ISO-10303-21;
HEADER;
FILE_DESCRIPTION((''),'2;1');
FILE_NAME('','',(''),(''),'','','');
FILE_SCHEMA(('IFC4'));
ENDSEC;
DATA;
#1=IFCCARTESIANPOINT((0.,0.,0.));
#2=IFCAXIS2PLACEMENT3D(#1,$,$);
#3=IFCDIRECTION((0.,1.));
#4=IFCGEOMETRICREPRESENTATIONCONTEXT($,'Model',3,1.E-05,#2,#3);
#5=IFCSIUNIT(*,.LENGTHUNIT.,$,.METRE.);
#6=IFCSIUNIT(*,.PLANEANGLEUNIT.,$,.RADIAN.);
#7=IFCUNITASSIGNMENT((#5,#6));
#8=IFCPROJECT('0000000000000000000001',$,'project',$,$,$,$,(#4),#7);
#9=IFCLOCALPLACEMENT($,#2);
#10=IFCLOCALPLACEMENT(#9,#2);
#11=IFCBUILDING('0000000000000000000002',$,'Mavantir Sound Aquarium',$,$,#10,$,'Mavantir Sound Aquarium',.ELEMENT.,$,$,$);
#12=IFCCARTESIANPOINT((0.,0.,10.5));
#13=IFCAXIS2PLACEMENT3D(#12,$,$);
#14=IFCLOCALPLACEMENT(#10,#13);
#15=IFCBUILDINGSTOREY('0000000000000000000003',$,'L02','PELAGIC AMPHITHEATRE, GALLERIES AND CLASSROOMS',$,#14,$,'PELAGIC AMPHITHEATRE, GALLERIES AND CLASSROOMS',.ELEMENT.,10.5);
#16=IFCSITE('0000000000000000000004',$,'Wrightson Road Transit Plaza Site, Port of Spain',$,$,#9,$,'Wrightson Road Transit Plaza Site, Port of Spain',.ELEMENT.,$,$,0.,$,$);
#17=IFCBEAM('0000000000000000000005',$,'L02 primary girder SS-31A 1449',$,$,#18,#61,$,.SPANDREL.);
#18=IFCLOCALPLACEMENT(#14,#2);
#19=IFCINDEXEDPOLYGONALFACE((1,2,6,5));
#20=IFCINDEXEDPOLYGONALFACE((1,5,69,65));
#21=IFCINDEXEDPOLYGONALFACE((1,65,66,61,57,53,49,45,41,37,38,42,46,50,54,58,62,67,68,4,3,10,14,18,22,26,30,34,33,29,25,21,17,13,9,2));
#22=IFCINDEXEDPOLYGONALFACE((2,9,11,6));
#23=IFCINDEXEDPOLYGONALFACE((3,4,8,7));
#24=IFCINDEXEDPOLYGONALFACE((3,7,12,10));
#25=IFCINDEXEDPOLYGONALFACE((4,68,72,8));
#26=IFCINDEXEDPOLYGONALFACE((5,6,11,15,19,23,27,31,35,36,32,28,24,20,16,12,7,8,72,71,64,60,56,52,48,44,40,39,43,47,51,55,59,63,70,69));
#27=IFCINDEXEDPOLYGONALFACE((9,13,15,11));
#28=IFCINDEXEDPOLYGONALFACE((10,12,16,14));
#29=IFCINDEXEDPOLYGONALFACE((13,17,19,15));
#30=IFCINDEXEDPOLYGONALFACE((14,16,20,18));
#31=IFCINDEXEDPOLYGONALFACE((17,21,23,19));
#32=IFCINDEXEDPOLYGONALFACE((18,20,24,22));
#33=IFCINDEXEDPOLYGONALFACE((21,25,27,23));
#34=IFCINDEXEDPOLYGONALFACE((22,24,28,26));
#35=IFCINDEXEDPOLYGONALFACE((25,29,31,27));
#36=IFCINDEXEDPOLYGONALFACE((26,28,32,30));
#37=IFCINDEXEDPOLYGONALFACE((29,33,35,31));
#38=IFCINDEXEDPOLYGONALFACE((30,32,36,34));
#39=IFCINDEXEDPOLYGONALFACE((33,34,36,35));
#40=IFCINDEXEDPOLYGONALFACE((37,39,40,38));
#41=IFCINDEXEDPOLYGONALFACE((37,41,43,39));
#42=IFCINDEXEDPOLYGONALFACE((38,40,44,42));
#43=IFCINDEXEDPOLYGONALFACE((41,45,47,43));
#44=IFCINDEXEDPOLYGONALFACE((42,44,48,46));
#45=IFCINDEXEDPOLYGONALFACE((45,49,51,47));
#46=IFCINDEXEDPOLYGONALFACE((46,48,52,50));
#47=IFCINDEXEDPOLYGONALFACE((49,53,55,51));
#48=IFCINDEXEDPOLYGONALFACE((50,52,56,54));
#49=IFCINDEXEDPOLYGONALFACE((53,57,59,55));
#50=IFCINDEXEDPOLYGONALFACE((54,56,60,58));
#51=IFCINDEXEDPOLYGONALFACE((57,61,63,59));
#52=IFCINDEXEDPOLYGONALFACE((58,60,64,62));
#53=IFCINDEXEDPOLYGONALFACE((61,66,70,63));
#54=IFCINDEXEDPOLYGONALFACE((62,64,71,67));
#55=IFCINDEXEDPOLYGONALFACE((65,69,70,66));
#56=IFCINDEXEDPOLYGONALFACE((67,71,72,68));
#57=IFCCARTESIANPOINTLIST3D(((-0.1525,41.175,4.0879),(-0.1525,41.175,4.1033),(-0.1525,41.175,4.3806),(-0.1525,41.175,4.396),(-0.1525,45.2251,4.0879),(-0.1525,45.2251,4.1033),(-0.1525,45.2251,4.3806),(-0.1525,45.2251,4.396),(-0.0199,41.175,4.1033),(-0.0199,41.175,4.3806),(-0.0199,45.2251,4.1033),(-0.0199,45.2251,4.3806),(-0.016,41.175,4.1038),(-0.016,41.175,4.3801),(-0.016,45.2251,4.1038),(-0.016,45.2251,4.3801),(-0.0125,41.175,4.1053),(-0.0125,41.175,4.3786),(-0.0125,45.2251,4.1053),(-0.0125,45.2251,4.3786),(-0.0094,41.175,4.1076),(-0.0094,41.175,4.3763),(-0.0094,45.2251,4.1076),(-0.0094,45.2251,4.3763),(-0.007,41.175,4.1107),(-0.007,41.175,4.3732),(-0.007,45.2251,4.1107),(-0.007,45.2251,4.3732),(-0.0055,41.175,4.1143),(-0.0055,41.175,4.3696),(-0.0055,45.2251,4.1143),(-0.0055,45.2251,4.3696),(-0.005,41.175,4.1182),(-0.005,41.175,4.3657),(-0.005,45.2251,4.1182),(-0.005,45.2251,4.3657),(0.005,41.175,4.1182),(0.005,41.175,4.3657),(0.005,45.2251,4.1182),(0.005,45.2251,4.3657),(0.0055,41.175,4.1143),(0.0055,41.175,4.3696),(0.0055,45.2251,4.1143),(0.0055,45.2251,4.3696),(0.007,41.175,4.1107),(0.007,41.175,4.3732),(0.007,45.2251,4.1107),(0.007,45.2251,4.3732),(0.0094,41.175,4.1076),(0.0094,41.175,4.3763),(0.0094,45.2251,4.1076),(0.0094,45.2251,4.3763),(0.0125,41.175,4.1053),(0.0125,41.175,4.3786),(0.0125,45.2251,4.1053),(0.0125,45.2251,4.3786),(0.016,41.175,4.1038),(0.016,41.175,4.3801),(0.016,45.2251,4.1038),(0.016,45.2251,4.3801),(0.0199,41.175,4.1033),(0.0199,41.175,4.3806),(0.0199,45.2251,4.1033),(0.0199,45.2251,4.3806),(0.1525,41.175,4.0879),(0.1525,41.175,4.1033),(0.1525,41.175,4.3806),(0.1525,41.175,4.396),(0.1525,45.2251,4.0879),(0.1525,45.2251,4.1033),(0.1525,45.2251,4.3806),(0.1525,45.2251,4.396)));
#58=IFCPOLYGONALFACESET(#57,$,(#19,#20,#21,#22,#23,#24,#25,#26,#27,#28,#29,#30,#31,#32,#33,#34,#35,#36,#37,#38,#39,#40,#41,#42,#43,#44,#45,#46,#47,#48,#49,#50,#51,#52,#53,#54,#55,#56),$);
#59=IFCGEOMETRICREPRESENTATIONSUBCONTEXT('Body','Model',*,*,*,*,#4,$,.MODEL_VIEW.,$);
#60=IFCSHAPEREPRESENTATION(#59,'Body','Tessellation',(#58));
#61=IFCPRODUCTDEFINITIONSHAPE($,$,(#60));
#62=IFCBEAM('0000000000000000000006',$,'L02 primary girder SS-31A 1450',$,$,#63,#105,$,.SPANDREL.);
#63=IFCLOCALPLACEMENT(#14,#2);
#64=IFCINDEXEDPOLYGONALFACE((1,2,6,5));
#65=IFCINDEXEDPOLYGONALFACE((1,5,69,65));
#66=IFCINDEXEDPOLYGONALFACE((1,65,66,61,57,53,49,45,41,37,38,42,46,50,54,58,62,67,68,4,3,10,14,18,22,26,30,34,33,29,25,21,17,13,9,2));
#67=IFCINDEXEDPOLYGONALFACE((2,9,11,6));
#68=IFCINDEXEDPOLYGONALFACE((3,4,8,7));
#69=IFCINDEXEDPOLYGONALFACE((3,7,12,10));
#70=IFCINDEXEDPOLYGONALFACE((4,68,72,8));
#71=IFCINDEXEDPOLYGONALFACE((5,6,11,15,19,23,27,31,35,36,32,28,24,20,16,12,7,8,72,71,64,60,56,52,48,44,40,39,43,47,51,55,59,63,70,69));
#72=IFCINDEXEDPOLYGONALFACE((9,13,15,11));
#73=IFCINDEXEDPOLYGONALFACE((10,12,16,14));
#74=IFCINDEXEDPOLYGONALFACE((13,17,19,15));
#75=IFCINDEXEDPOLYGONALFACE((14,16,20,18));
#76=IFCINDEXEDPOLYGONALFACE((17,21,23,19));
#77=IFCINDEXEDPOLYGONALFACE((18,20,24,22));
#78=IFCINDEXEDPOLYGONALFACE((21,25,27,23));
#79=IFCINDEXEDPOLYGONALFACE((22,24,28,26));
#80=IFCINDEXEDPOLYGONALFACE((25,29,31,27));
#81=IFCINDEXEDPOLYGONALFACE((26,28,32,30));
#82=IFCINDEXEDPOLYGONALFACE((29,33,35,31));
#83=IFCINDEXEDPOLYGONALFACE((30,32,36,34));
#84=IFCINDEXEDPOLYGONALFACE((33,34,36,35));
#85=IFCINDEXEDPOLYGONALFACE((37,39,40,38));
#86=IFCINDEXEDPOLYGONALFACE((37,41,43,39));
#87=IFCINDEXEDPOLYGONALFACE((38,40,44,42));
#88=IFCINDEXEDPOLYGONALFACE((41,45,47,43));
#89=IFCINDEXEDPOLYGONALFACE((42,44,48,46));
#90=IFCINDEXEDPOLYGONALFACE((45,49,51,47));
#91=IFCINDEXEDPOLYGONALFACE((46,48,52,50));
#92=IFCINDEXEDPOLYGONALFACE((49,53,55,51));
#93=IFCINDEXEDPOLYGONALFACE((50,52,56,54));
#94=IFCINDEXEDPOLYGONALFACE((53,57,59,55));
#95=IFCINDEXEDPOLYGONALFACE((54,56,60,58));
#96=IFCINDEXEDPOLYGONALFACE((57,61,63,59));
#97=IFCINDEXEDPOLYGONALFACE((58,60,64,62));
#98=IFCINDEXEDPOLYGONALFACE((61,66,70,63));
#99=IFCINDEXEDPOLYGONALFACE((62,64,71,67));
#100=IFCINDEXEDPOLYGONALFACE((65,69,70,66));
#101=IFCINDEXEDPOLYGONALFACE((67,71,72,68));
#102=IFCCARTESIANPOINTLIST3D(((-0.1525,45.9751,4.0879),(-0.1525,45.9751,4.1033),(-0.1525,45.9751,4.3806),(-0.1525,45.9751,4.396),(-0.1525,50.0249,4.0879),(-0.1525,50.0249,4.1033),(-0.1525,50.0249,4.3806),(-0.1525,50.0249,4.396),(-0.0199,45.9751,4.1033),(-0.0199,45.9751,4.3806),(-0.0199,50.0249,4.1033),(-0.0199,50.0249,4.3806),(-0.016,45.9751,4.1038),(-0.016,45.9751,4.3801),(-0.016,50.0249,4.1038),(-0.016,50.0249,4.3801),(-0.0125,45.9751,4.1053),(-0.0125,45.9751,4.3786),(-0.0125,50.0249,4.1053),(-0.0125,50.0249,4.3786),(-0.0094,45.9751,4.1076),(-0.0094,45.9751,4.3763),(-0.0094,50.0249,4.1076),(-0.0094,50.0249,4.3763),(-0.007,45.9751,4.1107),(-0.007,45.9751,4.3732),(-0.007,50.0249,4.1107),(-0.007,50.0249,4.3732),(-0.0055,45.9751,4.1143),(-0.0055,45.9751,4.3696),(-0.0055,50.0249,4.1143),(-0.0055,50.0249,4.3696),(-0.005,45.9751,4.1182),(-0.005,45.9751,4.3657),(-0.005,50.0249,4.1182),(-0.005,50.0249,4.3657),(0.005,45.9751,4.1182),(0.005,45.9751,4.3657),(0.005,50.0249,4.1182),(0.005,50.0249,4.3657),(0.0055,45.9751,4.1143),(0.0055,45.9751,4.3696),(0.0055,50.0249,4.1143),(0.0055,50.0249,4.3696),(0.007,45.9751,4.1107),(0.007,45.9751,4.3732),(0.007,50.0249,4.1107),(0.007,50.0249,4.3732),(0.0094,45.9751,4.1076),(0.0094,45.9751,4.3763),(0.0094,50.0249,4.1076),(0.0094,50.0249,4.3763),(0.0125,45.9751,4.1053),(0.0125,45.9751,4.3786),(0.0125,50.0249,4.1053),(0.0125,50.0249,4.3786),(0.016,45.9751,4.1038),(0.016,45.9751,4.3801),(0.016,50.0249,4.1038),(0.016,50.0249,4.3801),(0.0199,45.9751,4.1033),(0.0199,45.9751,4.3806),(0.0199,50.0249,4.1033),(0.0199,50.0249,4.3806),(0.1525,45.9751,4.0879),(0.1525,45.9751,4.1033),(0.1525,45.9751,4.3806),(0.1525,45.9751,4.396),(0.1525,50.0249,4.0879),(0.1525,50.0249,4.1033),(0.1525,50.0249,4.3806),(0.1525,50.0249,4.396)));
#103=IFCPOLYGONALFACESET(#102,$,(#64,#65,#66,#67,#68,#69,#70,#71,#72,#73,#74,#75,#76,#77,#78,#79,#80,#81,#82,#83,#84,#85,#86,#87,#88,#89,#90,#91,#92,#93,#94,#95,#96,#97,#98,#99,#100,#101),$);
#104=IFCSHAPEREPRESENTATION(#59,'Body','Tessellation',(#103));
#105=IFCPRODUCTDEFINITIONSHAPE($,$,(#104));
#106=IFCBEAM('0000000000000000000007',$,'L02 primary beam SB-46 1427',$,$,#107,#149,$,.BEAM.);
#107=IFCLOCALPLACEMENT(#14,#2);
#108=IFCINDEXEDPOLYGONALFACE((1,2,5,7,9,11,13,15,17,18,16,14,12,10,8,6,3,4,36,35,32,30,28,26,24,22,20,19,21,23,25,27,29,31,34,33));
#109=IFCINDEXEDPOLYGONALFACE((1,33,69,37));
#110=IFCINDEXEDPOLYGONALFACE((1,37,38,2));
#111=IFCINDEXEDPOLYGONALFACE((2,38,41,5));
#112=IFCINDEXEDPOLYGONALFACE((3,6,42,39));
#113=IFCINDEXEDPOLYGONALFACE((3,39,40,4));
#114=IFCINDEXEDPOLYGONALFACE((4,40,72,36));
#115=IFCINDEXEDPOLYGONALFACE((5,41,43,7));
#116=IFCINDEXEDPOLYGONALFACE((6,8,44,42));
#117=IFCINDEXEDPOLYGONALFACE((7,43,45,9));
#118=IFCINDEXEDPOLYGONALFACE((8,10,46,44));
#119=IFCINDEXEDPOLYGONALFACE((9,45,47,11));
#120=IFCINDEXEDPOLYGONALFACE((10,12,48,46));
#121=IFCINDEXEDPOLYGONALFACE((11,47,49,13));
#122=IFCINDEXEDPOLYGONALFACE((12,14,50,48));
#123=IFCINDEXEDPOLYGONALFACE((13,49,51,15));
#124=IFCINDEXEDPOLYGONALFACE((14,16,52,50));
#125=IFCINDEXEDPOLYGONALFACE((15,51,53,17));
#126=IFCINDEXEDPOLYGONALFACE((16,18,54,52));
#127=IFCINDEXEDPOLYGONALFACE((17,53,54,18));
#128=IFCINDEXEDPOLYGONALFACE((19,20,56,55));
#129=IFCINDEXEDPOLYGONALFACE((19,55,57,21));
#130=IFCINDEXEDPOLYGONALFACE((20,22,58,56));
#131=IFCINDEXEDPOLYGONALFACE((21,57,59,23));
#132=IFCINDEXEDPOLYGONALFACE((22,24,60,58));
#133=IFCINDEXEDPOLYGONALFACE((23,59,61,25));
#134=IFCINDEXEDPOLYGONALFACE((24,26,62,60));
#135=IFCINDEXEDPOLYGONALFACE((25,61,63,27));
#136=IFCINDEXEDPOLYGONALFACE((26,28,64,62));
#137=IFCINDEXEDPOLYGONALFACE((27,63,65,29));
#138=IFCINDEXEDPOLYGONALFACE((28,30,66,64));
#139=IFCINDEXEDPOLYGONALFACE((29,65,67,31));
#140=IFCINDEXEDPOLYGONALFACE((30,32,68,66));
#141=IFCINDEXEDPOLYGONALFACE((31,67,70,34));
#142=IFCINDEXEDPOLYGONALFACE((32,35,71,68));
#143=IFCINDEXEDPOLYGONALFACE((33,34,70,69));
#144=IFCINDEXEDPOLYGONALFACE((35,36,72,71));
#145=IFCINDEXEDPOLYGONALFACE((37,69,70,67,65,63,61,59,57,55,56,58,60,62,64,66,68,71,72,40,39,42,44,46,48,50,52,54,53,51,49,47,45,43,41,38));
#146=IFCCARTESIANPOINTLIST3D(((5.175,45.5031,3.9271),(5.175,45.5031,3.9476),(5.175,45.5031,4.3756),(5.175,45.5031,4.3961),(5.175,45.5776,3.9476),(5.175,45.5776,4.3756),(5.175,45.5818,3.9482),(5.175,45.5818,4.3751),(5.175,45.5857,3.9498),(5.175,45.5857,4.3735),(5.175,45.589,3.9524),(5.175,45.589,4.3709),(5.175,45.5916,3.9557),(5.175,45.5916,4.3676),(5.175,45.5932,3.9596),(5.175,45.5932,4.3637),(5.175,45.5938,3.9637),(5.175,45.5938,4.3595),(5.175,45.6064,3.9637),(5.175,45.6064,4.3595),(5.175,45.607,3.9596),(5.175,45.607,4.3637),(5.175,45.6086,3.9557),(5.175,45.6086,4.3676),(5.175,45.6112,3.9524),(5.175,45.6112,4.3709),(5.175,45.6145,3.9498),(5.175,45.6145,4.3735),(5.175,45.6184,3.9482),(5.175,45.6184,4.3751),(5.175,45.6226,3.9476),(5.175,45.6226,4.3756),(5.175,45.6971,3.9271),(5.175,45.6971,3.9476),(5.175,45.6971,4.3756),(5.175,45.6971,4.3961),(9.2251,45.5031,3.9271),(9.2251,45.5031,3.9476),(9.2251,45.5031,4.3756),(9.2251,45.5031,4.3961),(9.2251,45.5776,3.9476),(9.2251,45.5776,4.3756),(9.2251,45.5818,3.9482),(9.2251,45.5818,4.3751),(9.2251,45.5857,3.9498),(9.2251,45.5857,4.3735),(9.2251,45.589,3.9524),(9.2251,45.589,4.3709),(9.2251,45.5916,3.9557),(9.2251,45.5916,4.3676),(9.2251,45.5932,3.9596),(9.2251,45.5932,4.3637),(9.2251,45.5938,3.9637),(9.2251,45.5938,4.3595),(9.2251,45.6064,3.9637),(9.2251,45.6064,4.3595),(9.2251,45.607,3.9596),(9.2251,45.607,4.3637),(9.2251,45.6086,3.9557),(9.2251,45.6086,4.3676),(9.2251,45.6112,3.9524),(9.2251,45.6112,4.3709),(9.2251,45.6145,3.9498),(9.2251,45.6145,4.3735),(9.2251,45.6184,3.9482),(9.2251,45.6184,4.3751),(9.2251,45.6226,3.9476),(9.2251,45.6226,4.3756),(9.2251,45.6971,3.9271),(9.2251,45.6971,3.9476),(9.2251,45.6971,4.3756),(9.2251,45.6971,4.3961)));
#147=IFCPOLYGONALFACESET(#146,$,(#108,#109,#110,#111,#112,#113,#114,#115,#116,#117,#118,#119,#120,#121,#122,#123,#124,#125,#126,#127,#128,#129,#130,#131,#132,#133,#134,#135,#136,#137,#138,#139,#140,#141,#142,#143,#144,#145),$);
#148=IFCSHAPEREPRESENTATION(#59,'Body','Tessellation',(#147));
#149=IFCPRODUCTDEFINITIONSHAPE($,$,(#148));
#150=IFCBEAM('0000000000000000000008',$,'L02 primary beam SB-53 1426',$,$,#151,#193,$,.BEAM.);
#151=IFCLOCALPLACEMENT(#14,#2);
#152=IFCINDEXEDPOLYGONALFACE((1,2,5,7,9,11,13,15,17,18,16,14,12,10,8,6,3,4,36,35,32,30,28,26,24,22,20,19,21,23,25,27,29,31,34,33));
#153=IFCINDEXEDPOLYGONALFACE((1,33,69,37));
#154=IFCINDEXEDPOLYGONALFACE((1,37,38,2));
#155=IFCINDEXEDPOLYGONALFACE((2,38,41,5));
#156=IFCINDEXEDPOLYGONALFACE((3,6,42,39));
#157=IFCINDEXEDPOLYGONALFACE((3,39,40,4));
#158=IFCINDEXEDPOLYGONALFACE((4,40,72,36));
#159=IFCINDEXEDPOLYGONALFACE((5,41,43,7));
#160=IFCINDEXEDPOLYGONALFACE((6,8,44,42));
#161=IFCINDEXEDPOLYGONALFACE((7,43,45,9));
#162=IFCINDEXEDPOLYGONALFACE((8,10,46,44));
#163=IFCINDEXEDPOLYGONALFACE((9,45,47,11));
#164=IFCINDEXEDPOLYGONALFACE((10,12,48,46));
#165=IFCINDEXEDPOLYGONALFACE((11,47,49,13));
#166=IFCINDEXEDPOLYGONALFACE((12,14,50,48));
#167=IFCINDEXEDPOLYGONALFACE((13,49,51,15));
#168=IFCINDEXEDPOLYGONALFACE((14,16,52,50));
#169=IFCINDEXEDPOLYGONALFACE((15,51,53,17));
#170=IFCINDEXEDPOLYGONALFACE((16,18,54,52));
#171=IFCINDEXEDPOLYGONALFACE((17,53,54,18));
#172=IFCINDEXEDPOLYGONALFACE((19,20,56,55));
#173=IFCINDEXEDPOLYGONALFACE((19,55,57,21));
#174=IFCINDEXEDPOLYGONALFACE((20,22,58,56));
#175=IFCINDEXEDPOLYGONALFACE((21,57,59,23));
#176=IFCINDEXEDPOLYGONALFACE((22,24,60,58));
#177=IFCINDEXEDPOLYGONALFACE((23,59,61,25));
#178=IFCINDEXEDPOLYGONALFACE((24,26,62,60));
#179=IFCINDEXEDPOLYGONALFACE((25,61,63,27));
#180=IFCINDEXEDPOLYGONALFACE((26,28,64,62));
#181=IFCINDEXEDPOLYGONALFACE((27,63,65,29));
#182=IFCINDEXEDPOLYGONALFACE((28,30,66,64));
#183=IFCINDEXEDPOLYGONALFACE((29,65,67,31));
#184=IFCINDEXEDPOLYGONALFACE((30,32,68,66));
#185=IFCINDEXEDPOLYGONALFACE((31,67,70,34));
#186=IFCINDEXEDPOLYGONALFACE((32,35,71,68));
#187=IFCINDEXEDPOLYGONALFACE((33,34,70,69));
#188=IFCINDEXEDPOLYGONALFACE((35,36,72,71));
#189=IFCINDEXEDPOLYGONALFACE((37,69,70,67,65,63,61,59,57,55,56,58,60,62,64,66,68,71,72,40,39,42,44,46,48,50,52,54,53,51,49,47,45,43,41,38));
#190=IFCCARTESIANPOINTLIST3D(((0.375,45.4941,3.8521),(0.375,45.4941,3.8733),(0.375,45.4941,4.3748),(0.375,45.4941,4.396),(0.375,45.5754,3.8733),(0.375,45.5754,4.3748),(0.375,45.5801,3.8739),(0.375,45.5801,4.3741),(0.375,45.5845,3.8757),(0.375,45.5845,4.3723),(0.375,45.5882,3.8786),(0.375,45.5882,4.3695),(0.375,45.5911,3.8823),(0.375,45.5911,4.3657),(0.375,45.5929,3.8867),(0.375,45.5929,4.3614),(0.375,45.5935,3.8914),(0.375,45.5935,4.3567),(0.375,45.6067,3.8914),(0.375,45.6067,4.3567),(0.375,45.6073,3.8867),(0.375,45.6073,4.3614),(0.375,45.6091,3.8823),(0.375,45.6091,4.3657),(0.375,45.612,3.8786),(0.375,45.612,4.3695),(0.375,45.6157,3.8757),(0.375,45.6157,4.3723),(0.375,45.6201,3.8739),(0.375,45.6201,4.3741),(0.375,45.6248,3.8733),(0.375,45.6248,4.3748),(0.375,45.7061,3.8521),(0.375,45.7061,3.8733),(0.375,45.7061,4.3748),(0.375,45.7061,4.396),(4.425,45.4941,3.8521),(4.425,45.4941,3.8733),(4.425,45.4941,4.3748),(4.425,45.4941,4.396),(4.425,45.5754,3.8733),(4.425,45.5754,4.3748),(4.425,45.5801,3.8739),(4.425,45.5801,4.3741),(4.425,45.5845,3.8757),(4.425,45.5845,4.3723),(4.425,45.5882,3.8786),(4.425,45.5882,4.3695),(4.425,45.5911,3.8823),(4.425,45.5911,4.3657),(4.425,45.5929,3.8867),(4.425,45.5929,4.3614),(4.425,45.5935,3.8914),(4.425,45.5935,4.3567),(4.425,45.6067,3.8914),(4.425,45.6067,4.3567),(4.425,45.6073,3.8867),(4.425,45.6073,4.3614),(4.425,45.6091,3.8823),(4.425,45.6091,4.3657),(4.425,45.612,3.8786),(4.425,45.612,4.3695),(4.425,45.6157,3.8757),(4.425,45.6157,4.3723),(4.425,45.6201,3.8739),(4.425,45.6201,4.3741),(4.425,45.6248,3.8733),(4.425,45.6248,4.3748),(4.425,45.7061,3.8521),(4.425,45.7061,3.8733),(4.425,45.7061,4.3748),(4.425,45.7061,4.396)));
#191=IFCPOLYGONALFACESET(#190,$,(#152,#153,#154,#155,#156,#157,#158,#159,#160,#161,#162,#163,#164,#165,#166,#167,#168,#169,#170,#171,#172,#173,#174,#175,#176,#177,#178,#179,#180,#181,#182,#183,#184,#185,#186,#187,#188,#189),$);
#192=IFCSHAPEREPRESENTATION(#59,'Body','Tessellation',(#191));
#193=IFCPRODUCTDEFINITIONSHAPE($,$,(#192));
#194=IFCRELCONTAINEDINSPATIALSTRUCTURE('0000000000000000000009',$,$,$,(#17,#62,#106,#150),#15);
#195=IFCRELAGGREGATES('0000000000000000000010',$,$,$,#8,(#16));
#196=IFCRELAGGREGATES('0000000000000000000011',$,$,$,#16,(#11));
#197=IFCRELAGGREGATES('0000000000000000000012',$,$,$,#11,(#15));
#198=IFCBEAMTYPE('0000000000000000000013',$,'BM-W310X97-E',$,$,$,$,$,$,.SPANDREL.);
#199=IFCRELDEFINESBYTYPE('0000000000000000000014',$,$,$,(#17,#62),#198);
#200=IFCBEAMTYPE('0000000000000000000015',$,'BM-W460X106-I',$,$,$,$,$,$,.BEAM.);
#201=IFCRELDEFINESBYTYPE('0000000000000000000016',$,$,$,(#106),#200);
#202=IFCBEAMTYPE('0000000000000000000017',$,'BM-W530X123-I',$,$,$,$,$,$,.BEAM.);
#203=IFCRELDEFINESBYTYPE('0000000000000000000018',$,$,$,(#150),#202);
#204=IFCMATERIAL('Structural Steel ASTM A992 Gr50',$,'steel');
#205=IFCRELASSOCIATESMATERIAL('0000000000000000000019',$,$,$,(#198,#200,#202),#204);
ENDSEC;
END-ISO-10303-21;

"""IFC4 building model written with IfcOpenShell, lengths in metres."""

from ifc_helpers import new_model, si_unit, direction, frame, origin, origin_2d, place, context, subcontext, project, spatial, i_section, extrude, material, material_profile, profile_set, type_object, element, save


model = new_model("IFC4")

# Units and contexts
model_context = context("Model", 3, precision=1e-05, world=origin(), true_north=direction((0.0, 1.0)))
body_context = subcontext(model_context, "Body", "Model", "MODEL_VIEW")
ifc_project = project(units=[si_unit("LENGTHUNIT", "METRE"), si_unit("PLANEANGLEUNIT", "RADIAN")], contexts=[model_context])

# Site, building, storey
site_placement = place(None, origin())
site = spatial("IfcSite", under=ifc_project, at=site_placement, Name="Wrightson Road Transit Plaza Site, Port of Spain", LongName="Wrightson Road Transit Plaza Site, Port of Spain", CompositionType="ELEMENT", RefElevation=0.0)
building_placement = place(site_placement, origin())
building = spatial("IfcBuilding", under=site, at=building_placement, Name="Mavantir Sound Aquarium", LongName="Mavantir Sound Aquarium", CompositionType="ELEMENT")
storey_placement = place(building_placement, frame((0.0, 0.0, 10.5)))
storey = spatial("IfcBuildingStorey", under=building, at=storey_placement, Name="L02", Description="PELAGIC AMPHITHEATRE, GALLERIES AND CLASSROOMS", LongName="PELAGIC AMPHITHEATRE, GALLERIES AND CLASSROOMS", CompositionType="ELEMENT", Elevation=10.5)

# Beams
ifc_material_1 = material(Name="Structural Steel ASTM A992 Gr50", Category="steel")
ifc_material_profile_1 = material_profile(ifc_material_1, i_section(OverallWidth=0.3049, OverallDepth=0.3081, WebThickness=0.01, FlangeThickness=0.0154, FilletRadius=0.0149, at=origin_2d()), Name="W310X97")
ifc_profile_set_1 = profile_set([ifc_material_profile_1], Name="Structural Steel ASTM A992 Gr50")
beam_type_1 = type_object("IfcBeamType", Name="BM-W310X97-E", PredefinedType="SPANDREL", material=ifc_profile_set_1)
beam_1_placement = place(storey_placement, frame((0.0, 41.175, 4.2419), z_axis=(0.0, 1.0, 0.0), x_axis=(-1.0, 0.0, 0.0)))
element("IfcBeam", 1, at=beam_1_placement, inside=storey, type_object=beam_type_1, Name="L02 primary girder SS-31A 1449", PredefinedType="SPANDREL", context=body_context, shape_type="SweptSolid", body=[
    extrude(i_section(OverallWidth=0.3049, OverallDepth=0.3081, WebThickness=0.01, FlangeThickness=0.0154, FilletRadius=0.0149, at=origin_2d()), origin(), (0.0, 0.0, 1.0), 4.05),
])
beam_2_placement = place(storey_placement, frame((0.0, 45.9751, 4.2419), z_axis=(0.0, 1.0, 0.0), x_axis=(-1.0, 0.0, 0.0)))
element("IfcBeam", 2, at=beam_2_placement, inside=storey, type_object=beam_type_1, Name="L02 primary girder SS-31A 1450", PredefinedType="SPANDREL", context=body_context, shape_type="SweptSolid", body=[
    extrude(i_section(OverallWidth=0.3049, OverallDepth=0.3081, WebThickness=0.01, FlangeThickness=0.0154, FilletRadius=0.0149, at=origin_2d()), origin(), (0.0, 0.0, 1.0), 4.0498),
])
ifc_material_profile_2 = material_profile(ifc_material_1, i_section(OverallWidth=0.1941, OverallDepth=0.469, WebThickness=0.0127, FlangeThickness=0.0205, FilletRadius=0.0161, at=origin_2d()), Name="W460X106")
ifc_profile_set_2 = profile_set([ifc_material_profile_2], Name="Structural Steel ASTM A992 Gr50")
beam_type_2 = type_object("IfcBeamType", Name="BM-W460X106-I", PredefinedType="BEAM", material=ifc_profile_set_2)
beam_3_placement = place(storey_placement, frame((5.175, 45.6001, 4.1616), z_axis=(1.0, 0.0, 0.0), x_axis=(0.0, 1.0, 0.0)))
element("IfcBeam", 3, at=beam_3_placement, inside=storey, type_object=beam_type_2, Name="L02 primary beam SB-46 1427", PredefinedType="BEAM", context=body_context, shape_type="SweptSolid", body=[
    extrude(i_section(OverallWidth=0.1941, OverallDepth=0.469, WebThickness=0.0127, FlangeThickness=0.0205, FilletRadius=0.0161, at=origin_2d()), origin(), (0.0, 0.0, 1.0), 4.05),
])
ifc_material_profile_3 = material_profile(ifc_material_1, i_section(OverallWidth=0.2119, OverallDepth=0.5439, WebThickness=0.0132, FlangeThickness=0.0212, FilletRadius=0.0181, at=origin_2d()), Name="W530X123")
ifc_profile_set_3 = profile_set([ifc_material_profile_3], Name="Structural Steel ASTM A992 Gr50")
beam_type_3 = type_object("IfcBeamType", Name="BM-W530X123-I", PredefinedType="BEAM", material=ifc_profile_set_3)
beam_4_placement = place(storey_placement, frame((0.375, 45.6001, 4.124), z_axis=(1.0, 0.0, 0.0), x_axis=(0.0, 1.0, 0.0)))
element("IfcBeam", 4, at=beam_4_placement, inside=storey, type_object=beam_type_3, Name="L02 primary beam SB-53 1426", PredefinedType="BEAM", context=body_context, shape_type="SweptSolid", body=[
    extrude(i_section(OverallWidth=0.2119, OverallDepth=0.5439, WebThickness=0.0132, FlangeThickness=0.0212, FilletRadius=0.0181, at=origin_2d()), origin(), (0.0, 0.0, 1.0), 4.05),
])

save(model, "model.ifc")
